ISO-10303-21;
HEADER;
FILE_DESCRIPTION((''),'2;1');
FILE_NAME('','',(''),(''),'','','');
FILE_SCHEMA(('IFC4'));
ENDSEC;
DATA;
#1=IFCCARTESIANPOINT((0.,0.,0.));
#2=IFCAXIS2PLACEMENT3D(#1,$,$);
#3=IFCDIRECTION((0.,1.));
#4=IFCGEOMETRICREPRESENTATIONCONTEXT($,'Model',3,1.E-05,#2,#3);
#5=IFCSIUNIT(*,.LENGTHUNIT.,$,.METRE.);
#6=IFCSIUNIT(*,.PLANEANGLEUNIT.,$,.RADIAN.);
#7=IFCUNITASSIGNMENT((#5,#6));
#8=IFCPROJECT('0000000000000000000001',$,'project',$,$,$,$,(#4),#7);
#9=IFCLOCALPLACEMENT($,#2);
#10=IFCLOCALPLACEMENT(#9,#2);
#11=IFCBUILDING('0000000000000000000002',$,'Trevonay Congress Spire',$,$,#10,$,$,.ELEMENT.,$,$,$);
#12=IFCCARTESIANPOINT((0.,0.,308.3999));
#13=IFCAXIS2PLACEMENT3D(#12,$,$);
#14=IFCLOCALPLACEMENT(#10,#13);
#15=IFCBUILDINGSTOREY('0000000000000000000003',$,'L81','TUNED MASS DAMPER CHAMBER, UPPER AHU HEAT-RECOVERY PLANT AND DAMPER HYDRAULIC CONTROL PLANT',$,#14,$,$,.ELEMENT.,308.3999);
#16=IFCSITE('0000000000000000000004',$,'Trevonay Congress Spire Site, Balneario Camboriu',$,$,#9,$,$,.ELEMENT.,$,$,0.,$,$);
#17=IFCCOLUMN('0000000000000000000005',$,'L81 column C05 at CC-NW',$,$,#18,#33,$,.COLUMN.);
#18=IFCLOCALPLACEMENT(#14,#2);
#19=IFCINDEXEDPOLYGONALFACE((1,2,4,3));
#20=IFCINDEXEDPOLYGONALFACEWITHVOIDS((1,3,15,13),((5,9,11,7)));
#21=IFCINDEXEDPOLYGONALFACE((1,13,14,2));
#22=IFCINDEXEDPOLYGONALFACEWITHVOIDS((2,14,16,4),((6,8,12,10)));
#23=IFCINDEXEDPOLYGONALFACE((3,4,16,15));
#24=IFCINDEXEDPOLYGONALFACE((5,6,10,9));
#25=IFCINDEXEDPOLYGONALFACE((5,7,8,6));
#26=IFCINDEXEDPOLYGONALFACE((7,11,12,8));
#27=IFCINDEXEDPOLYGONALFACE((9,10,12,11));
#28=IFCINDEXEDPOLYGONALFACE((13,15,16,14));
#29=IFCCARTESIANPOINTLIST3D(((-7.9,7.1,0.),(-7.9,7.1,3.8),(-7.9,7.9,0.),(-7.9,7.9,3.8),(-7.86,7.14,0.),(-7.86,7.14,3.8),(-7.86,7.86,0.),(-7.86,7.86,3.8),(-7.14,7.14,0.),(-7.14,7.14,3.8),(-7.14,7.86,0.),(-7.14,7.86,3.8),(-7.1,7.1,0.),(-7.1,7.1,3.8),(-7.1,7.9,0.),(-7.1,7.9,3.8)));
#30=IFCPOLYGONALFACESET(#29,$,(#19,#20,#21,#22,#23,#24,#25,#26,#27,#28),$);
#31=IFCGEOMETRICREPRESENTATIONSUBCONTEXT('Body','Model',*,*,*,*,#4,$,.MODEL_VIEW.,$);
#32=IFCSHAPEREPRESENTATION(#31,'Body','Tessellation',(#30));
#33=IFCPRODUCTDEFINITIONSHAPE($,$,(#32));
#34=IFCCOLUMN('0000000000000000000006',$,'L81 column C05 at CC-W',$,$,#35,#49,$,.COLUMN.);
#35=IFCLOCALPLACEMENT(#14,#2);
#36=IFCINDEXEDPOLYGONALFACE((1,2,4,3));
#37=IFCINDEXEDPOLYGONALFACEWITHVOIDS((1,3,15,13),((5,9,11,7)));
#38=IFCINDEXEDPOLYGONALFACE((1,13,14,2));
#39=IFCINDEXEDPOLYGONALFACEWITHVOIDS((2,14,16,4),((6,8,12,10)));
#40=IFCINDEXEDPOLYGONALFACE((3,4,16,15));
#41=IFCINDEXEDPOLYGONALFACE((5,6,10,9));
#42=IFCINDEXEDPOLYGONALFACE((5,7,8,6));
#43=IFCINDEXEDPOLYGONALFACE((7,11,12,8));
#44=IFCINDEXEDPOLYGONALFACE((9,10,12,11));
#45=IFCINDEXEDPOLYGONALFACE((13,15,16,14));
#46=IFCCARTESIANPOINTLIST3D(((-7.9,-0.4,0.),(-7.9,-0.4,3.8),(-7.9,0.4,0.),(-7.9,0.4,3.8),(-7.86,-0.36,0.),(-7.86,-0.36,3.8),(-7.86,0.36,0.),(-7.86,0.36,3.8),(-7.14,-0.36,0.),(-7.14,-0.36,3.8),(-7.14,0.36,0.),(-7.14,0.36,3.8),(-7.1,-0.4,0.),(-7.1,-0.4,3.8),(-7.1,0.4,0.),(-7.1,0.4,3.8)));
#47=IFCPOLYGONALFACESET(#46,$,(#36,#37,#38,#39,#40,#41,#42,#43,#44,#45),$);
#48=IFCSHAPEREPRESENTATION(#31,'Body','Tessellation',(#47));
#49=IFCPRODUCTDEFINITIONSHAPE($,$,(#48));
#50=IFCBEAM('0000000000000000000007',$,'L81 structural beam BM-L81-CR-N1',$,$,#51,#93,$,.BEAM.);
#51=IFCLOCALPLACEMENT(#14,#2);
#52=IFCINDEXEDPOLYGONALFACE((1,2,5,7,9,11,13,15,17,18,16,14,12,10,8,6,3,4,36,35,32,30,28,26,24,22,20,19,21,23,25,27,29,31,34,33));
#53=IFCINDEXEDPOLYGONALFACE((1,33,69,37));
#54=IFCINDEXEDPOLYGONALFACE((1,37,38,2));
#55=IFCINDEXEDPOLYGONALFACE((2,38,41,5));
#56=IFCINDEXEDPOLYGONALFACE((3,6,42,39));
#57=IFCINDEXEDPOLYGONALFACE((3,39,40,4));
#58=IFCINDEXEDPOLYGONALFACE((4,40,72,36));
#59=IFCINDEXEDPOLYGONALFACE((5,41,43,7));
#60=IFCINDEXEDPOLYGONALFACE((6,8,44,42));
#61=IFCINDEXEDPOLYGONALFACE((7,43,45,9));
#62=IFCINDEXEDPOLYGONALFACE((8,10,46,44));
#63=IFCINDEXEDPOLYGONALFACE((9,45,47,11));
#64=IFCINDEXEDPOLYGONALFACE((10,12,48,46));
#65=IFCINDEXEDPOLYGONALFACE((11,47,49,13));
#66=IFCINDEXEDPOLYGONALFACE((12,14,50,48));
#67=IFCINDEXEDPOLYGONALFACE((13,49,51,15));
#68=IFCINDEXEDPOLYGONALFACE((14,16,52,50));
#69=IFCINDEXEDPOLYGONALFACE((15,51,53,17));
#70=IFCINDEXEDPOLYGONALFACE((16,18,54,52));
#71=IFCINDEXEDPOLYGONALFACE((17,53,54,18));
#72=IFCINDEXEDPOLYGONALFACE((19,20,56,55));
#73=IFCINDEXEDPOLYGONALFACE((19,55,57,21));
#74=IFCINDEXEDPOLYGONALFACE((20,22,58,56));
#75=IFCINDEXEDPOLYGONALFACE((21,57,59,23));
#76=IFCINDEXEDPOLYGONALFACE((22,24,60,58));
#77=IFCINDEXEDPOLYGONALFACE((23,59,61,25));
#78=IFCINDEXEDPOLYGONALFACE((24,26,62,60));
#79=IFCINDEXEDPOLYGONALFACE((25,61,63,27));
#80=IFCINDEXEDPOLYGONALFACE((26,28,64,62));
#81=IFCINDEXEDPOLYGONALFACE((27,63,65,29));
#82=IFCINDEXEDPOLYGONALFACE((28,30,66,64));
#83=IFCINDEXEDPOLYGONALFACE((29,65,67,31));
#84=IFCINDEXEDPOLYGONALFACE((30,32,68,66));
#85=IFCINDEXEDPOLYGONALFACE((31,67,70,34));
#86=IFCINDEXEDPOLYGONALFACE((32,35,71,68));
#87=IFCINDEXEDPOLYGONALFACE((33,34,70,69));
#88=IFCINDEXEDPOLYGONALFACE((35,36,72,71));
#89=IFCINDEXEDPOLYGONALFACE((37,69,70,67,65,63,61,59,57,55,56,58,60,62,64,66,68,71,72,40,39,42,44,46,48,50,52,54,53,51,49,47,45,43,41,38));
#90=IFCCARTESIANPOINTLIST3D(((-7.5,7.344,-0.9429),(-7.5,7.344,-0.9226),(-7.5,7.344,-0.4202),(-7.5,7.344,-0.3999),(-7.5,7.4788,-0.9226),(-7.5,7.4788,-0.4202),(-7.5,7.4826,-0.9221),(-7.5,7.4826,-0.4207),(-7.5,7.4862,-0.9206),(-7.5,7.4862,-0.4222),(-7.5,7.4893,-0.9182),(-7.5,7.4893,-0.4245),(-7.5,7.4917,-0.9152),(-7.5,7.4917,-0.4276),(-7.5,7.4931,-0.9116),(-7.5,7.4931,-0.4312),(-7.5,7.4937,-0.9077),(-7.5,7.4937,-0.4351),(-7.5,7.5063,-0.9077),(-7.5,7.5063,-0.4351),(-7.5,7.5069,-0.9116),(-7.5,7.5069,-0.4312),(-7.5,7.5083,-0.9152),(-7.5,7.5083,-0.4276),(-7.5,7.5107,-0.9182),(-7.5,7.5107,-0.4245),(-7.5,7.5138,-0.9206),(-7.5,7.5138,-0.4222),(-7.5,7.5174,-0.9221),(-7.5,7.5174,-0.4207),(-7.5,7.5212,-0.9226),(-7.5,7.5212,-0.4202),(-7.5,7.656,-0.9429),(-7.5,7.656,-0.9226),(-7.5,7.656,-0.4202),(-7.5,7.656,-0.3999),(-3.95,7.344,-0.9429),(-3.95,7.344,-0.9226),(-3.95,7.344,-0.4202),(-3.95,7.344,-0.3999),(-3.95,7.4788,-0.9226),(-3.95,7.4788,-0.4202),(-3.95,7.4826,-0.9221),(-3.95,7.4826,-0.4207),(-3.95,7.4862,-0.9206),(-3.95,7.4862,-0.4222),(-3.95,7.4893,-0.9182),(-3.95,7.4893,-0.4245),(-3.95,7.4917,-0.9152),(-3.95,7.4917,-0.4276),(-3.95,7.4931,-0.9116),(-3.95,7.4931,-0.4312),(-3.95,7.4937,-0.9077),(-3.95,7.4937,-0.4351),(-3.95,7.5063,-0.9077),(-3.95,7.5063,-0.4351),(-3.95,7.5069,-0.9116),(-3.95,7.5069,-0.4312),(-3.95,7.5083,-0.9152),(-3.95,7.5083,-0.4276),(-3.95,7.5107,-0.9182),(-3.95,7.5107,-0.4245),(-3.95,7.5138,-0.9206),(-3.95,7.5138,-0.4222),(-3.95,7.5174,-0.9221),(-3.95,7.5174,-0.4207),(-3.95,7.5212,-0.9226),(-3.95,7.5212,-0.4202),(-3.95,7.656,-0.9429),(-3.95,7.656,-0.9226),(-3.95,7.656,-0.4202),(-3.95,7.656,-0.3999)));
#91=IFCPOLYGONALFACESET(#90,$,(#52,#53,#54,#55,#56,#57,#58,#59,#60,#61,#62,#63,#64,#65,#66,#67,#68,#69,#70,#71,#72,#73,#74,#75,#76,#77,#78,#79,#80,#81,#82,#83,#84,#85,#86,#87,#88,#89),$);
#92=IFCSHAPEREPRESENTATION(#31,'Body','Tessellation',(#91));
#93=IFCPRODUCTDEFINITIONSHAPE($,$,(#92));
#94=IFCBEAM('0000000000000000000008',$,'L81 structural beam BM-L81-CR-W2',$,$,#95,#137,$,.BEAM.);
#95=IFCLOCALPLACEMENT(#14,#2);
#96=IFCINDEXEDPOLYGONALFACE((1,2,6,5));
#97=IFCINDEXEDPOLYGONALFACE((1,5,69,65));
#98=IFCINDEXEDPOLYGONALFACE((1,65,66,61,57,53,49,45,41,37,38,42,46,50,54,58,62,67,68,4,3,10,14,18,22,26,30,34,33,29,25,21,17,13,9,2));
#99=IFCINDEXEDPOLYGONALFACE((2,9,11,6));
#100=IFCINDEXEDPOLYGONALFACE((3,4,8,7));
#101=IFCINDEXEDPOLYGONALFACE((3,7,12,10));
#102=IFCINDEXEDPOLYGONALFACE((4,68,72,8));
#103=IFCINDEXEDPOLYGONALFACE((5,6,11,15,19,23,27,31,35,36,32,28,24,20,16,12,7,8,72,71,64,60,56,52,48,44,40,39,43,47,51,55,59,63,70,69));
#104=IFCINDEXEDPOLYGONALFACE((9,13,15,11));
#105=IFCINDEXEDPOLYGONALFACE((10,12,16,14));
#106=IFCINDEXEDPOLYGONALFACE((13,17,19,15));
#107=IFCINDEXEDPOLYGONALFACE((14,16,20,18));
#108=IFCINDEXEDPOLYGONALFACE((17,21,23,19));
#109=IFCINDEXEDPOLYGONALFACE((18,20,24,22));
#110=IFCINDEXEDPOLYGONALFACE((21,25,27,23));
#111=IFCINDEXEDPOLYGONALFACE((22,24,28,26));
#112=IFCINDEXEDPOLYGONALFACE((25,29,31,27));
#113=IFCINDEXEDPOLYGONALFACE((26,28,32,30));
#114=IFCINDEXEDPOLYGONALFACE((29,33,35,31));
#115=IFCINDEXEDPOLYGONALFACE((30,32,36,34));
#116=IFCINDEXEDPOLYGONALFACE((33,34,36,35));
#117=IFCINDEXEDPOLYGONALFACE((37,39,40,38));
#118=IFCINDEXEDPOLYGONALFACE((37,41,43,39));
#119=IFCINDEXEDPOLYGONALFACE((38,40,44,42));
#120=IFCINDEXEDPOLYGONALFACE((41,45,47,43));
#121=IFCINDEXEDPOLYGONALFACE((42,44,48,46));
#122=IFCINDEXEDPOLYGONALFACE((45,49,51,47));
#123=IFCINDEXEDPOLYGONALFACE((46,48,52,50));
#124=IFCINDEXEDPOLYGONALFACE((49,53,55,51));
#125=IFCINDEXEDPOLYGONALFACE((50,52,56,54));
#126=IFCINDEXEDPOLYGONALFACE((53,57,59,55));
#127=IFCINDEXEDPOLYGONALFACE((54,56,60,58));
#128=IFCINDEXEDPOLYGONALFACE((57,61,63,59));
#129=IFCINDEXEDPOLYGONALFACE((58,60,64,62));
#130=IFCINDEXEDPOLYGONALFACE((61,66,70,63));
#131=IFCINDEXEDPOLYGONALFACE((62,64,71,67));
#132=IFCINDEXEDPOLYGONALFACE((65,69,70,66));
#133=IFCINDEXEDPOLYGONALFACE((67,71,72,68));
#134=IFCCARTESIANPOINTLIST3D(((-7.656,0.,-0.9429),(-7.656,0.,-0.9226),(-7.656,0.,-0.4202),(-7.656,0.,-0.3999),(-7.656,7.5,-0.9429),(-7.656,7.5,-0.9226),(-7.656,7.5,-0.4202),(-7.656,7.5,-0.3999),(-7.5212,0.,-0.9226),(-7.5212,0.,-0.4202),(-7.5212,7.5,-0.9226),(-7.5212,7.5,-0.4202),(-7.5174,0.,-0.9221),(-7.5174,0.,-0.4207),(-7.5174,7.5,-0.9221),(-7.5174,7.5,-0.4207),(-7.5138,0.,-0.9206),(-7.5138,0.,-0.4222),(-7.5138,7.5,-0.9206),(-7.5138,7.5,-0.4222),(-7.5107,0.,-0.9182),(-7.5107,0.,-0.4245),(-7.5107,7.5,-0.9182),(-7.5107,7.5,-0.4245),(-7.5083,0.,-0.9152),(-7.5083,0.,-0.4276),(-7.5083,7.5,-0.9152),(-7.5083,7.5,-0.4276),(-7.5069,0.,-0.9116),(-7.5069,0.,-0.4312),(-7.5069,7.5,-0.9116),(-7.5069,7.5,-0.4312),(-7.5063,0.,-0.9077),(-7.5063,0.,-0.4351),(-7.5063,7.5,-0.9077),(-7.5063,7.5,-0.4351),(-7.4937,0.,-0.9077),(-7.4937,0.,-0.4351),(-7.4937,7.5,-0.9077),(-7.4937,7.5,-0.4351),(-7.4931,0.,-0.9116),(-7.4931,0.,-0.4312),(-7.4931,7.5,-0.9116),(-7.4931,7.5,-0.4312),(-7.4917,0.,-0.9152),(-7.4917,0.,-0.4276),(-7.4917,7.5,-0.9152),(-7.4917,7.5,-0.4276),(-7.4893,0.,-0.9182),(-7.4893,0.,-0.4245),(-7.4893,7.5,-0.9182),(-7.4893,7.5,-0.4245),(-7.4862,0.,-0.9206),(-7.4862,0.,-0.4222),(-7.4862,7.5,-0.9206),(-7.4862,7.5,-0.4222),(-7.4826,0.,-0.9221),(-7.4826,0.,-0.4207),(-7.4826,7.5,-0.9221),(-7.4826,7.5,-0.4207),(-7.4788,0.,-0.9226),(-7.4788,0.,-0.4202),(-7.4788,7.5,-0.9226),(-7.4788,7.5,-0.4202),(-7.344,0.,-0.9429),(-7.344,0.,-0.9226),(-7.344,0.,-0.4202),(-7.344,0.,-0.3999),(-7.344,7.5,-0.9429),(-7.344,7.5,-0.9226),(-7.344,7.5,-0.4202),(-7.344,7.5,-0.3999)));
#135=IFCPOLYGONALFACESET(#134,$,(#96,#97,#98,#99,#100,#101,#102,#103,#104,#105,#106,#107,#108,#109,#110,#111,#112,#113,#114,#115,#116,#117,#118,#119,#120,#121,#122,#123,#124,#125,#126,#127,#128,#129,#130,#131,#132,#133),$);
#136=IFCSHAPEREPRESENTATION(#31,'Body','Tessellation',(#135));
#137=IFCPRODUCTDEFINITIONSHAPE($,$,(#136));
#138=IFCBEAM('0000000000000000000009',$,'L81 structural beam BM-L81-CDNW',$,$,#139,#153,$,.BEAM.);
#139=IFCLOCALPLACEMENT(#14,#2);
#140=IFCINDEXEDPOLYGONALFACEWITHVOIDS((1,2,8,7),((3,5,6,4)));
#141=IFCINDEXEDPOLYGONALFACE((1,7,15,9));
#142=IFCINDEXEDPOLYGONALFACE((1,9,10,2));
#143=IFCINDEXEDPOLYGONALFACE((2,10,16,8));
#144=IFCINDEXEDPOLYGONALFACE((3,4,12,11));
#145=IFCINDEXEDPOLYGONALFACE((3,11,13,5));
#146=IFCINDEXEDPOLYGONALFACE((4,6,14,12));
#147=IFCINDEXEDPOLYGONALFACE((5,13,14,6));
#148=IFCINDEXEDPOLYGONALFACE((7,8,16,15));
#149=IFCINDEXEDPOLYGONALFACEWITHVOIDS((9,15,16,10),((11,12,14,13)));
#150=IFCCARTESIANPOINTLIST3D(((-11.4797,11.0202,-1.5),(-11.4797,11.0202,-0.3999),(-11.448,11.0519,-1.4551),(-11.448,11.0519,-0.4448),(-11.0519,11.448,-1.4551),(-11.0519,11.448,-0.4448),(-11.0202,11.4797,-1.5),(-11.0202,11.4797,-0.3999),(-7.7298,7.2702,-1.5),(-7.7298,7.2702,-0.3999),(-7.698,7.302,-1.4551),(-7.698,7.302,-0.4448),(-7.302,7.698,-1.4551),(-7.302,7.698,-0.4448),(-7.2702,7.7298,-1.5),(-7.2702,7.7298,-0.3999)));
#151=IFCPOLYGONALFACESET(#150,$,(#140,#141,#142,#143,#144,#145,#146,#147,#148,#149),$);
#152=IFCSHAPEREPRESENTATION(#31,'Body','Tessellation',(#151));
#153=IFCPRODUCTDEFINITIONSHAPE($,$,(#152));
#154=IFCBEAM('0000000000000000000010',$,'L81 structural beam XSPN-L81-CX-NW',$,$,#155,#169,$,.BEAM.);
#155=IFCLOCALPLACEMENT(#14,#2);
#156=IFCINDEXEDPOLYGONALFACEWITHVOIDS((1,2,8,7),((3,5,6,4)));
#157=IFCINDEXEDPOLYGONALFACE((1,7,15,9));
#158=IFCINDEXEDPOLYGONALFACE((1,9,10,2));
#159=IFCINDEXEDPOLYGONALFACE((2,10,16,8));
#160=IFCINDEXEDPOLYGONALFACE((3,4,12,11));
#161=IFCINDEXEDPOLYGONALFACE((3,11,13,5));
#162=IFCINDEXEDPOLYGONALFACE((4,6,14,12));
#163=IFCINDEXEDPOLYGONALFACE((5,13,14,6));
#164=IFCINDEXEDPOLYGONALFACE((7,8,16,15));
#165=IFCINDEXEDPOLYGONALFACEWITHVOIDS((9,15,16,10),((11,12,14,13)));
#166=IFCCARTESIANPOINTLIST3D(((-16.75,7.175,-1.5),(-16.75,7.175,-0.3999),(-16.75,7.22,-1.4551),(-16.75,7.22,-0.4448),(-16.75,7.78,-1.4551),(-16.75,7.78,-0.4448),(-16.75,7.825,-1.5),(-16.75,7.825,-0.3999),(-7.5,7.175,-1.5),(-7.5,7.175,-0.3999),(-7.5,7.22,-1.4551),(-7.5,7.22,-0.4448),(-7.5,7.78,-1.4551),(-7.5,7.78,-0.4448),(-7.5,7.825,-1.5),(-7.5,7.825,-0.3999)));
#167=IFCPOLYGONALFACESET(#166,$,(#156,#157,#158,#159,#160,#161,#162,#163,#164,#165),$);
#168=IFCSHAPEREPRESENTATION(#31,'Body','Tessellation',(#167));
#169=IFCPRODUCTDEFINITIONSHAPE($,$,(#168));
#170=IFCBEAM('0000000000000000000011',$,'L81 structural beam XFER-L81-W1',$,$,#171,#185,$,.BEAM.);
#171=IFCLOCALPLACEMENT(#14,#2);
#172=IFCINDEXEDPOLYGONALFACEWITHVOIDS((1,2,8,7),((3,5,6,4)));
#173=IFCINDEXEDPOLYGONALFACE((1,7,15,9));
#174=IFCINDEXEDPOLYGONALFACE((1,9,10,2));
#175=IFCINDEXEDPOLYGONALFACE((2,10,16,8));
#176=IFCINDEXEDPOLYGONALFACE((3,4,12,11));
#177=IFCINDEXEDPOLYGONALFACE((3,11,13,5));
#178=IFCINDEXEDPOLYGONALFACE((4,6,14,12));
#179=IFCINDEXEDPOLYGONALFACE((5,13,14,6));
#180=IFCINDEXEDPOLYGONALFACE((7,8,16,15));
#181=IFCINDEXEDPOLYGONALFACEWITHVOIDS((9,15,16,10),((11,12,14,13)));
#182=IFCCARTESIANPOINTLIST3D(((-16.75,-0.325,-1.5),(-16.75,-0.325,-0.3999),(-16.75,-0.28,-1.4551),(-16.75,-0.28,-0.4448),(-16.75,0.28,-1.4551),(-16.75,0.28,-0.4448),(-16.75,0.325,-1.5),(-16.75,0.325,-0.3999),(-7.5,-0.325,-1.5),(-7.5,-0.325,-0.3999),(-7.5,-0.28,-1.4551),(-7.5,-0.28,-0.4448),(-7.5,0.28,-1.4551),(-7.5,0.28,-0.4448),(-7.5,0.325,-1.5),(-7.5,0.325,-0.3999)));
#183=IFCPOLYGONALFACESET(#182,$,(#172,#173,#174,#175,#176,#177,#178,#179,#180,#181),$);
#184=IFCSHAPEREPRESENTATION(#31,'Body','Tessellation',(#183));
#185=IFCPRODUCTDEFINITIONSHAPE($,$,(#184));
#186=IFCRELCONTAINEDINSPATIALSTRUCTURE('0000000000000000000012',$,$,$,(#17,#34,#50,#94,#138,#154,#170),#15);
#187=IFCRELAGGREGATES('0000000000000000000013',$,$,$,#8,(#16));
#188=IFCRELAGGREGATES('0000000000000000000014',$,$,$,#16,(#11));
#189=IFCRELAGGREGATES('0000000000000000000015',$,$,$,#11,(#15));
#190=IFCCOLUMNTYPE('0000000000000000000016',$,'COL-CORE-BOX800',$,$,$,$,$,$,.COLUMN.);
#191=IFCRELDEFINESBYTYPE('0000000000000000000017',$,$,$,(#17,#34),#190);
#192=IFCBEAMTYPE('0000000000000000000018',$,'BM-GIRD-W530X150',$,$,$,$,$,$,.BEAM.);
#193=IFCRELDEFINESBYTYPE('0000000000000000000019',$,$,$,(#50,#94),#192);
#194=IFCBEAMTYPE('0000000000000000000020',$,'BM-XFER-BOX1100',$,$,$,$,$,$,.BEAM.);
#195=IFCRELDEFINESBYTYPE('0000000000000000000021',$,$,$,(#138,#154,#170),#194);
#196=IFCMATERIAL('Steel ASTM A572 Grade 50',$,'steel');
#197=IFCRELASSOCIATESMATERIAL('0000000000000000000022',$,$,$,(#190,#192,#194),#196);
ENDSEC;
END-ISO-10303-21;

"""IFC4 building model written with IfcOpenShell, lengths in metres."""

from ifc_helpers import new_model, si_unit, direction, frame, origin, origin_2d, place, context, subcontext, project, spatial, hollow_rectangle, i_section, extrude, material, material_profile, profile_set, type_object, element, save


model = new_model("IFC4")

# Units and contexts
model_context = context("Model", 3, precision=1e-05, world=origin(), true_north=direction((0.0, 1.0)))
body_context = subcontext(model_context, "Body", "Model", "MODEL_VIEW")
ifc_project = project(units=[si_unit("LENGTHUNIT", "METRE"), si_unit("PLANEANGLEUNIT", "RADIAN")], contexts=[model_context])

# Site, building, storey
site_placement = place(None, origin())
site = spatial("IfcSite", under=ifc_project, at=site_placement, Name="Trevonay Congress Spire Site, Balneario Camboriu", CompositionType="ELEMENT", RefElevation=0.0)
building_placement = place(site_placement, origin())
building = spatial("IfcBuilding", under=site, at=building_placement, Name="Trevonay Congress Spire", CompositionType="ELEMENT")
storey_placement = place(building_placement, frame((0.0, 0.0, 308.3999)))
storey = spatial("IfcBuildingStorey", under=building, at=storey_placement, Name="L81", Description="TUNED MASS DAMPER CHAMBER, UPPER AHU HEAT-RECOVERY PLANT AND DAMPER HYDRAULIC CONTROL PLANT", CompositionType="ELEMENT", Elevation=308.3999)

# Columns
ifc_material_1 = material(Name="Steel ASTM A572 Grade 50", Category="steel")
ifc_material_profile_1 = material_profile(ifc_material_1, hollow_rectangle(XDim=0.8, YDim=0.8, WallThickness=0.04, at=origin_2d()), Name="BOX 800x800x40")
ifc_profile_set_1 = profile_set([ifc_material_profile_1], Name="Steel ASTM A572 Grade 50")
column_type = type_object("IfcColumnType", Name="COL-CORE-BOX800", PredefinedType="COLUMN", material=ifc_profile_set_1)
for number, where, z_axis, x_axis, name in (
    (1, (-7.5, 7.5, 0.0), (0.0, 0.0, 1.0), (1.0, 0.0, 0.0), "L81 column C05 at CC-NW"),
    (2, (-7.5, 0.0, 0.0), (0.0, 0.0, 1.0), (1.0, 0.0, 0.0), "L81 column C05 at CC-W"),
):
    element("IfcColumn", number, at=place(storey_placement, frame(where, z_axis=z_axis, x_axis=x_axis)), inside=storey, type_object=column_type, Name=name, PredefinedType="COLUMN", context=body_context, shape_type="SweptSolid", body=[
        extrude(hollow_rectangle(XDim=0.8, YDim=0.8, WallThickness=0.04, at=origin_2d()), origin(), (0.0, 0.0, 1.0), 3.8),
    ])

# Beams
ifc_material_profile_2 = material_profile(ifc_material_1, i_section(OverallWidth=0.312, OverallDepth=0.543, WebThickness=0.0127, FlangeThickness=0.0203, FilletRadius=0.0149, at=origin_2d()), Name="W530x150")
ifc_profile_set_2 = profile_set([ifc_material_profile_2], Name="Steel ASTM A572 Grade 50")
beam_type_1 = type_object("IfcBeamType", Name="BM-GIRD-W530X150", PredefinedType="BEAM", material=ifc_profile_set_2)
beam_1_placement = place(storey_placement, frame((-7.5, 7.5, -0.6714), z_axis=(1.0, 0.0, 0.0), x_axis=(0.0, 1.0, 0.0)))
element("IfcBeam", 3, at=beam_1_placement, inside=storey, type_object=beam_type_1, Name="L81 structural beam BM-L81-CR-N1", PredefinedType="BEAM", context=body_context, shape_type="SweptSolid", body=[
    extrude(i_section(OverallWidth=0.312, OverallDepth=0.543, WebThickness=0.0127, FlangeThickness=0.0203, FilletRadius=0.0149, at=origin_2d()), origin(), (0.0, 0.0, 1.0), 3.55),
])
beam_2_placement = place(storey_placement, frame((-7.5, 0.0, -0.6714), z_axis=(0.0, 1.0, 0.0), x_axis=(-1.0, 0.0, 0.0)))
element("IfcBeam", 4, at=beam_2_placement, inside=storey, type_object=beam_type_1, Name="L81 structural beam BM-L81-CR-W2", PredefinedType="BEAM", context=body_context, shape_type="SweptSolid", body=[
    extrude(i_section(OverallWidth=0.312, OverallDepth=0.543, WebThickness=0.0127, FlangeThickness=0.0203, FilletRadius=0.0149, at=origin_2d()), origin(), (0.0, 0.0, 1.0), 7.5),
])
ifc_material_profile_3 = material_profile(ifc_material_1, hollow_rectangle(XDim=0.6499, YDim=1.1001, WallThickness=0.0449, at=origin_2d()), Name="BOX 1100x650x45")
ifc_profile_set_3 = profile_set([ifc_material_profile_3], Name="Steel ASTM A572 Grade 50")
beam_type_2 = type_object("IfcBeamType", Name="BM-XFER-BOX1100", PredefinedType="BEAM", material=ifc_profile_set_3)
beam_3_placement = place(storey_placement, frame((-7.5, 7.5, -0.95), z_axis=(-0.707107, 0.707107, 0.0), x_axis=(-0.707107, -0.707107, 0.0)))
element("IfcBeam", 5, at=beam_3_placement, inside=storey, type_object=beam_type_2, Name="L81 structural beam BM-L81-CDNW", PredefinedType="BEAM", context=body_context, shape_type="SweptSolid", body=[
    extrude(hollow_rectangle(XDim=0.6499, YDim=1.1001, WallThickness=0.0449, at=origin_2d()), origin(), (0.0, 0.0, 1.0), 5.3032),
])
for number, where, z_axis, x_axis, name in (
    (6, (-7.5, 7.5, -0.95), (-1.0, 0.0, 0.0), (0.0, -1.0, 0.0), "L81 structural beam XSPN-L81-CX-NW"),
    (7, (-7.5, 0.0, -0.95), (-1.0, 0.0, 0.0), (0.0, -1.0, 0.0), "L81 structural beam XFER-L81-W1"),
):
    element("IfcBeam", number, at=place(storey_placement, frame(where, z_axis=z_axis, x_axis=x_axis)), inside=storey, type_object=beam_type_2, Name=name, PredefinedType="BEAM", context=body_context, shape_type="SweptSolid", body=[
        extrude(hollow_rectangle(XDim=0.6499, YDim=1.1001, WallThickness=0.0449, at=origin_2d()), origin(), (0.0, 0.0, 1.0), 9.25),
    ])

save(model, "model.ifc")
